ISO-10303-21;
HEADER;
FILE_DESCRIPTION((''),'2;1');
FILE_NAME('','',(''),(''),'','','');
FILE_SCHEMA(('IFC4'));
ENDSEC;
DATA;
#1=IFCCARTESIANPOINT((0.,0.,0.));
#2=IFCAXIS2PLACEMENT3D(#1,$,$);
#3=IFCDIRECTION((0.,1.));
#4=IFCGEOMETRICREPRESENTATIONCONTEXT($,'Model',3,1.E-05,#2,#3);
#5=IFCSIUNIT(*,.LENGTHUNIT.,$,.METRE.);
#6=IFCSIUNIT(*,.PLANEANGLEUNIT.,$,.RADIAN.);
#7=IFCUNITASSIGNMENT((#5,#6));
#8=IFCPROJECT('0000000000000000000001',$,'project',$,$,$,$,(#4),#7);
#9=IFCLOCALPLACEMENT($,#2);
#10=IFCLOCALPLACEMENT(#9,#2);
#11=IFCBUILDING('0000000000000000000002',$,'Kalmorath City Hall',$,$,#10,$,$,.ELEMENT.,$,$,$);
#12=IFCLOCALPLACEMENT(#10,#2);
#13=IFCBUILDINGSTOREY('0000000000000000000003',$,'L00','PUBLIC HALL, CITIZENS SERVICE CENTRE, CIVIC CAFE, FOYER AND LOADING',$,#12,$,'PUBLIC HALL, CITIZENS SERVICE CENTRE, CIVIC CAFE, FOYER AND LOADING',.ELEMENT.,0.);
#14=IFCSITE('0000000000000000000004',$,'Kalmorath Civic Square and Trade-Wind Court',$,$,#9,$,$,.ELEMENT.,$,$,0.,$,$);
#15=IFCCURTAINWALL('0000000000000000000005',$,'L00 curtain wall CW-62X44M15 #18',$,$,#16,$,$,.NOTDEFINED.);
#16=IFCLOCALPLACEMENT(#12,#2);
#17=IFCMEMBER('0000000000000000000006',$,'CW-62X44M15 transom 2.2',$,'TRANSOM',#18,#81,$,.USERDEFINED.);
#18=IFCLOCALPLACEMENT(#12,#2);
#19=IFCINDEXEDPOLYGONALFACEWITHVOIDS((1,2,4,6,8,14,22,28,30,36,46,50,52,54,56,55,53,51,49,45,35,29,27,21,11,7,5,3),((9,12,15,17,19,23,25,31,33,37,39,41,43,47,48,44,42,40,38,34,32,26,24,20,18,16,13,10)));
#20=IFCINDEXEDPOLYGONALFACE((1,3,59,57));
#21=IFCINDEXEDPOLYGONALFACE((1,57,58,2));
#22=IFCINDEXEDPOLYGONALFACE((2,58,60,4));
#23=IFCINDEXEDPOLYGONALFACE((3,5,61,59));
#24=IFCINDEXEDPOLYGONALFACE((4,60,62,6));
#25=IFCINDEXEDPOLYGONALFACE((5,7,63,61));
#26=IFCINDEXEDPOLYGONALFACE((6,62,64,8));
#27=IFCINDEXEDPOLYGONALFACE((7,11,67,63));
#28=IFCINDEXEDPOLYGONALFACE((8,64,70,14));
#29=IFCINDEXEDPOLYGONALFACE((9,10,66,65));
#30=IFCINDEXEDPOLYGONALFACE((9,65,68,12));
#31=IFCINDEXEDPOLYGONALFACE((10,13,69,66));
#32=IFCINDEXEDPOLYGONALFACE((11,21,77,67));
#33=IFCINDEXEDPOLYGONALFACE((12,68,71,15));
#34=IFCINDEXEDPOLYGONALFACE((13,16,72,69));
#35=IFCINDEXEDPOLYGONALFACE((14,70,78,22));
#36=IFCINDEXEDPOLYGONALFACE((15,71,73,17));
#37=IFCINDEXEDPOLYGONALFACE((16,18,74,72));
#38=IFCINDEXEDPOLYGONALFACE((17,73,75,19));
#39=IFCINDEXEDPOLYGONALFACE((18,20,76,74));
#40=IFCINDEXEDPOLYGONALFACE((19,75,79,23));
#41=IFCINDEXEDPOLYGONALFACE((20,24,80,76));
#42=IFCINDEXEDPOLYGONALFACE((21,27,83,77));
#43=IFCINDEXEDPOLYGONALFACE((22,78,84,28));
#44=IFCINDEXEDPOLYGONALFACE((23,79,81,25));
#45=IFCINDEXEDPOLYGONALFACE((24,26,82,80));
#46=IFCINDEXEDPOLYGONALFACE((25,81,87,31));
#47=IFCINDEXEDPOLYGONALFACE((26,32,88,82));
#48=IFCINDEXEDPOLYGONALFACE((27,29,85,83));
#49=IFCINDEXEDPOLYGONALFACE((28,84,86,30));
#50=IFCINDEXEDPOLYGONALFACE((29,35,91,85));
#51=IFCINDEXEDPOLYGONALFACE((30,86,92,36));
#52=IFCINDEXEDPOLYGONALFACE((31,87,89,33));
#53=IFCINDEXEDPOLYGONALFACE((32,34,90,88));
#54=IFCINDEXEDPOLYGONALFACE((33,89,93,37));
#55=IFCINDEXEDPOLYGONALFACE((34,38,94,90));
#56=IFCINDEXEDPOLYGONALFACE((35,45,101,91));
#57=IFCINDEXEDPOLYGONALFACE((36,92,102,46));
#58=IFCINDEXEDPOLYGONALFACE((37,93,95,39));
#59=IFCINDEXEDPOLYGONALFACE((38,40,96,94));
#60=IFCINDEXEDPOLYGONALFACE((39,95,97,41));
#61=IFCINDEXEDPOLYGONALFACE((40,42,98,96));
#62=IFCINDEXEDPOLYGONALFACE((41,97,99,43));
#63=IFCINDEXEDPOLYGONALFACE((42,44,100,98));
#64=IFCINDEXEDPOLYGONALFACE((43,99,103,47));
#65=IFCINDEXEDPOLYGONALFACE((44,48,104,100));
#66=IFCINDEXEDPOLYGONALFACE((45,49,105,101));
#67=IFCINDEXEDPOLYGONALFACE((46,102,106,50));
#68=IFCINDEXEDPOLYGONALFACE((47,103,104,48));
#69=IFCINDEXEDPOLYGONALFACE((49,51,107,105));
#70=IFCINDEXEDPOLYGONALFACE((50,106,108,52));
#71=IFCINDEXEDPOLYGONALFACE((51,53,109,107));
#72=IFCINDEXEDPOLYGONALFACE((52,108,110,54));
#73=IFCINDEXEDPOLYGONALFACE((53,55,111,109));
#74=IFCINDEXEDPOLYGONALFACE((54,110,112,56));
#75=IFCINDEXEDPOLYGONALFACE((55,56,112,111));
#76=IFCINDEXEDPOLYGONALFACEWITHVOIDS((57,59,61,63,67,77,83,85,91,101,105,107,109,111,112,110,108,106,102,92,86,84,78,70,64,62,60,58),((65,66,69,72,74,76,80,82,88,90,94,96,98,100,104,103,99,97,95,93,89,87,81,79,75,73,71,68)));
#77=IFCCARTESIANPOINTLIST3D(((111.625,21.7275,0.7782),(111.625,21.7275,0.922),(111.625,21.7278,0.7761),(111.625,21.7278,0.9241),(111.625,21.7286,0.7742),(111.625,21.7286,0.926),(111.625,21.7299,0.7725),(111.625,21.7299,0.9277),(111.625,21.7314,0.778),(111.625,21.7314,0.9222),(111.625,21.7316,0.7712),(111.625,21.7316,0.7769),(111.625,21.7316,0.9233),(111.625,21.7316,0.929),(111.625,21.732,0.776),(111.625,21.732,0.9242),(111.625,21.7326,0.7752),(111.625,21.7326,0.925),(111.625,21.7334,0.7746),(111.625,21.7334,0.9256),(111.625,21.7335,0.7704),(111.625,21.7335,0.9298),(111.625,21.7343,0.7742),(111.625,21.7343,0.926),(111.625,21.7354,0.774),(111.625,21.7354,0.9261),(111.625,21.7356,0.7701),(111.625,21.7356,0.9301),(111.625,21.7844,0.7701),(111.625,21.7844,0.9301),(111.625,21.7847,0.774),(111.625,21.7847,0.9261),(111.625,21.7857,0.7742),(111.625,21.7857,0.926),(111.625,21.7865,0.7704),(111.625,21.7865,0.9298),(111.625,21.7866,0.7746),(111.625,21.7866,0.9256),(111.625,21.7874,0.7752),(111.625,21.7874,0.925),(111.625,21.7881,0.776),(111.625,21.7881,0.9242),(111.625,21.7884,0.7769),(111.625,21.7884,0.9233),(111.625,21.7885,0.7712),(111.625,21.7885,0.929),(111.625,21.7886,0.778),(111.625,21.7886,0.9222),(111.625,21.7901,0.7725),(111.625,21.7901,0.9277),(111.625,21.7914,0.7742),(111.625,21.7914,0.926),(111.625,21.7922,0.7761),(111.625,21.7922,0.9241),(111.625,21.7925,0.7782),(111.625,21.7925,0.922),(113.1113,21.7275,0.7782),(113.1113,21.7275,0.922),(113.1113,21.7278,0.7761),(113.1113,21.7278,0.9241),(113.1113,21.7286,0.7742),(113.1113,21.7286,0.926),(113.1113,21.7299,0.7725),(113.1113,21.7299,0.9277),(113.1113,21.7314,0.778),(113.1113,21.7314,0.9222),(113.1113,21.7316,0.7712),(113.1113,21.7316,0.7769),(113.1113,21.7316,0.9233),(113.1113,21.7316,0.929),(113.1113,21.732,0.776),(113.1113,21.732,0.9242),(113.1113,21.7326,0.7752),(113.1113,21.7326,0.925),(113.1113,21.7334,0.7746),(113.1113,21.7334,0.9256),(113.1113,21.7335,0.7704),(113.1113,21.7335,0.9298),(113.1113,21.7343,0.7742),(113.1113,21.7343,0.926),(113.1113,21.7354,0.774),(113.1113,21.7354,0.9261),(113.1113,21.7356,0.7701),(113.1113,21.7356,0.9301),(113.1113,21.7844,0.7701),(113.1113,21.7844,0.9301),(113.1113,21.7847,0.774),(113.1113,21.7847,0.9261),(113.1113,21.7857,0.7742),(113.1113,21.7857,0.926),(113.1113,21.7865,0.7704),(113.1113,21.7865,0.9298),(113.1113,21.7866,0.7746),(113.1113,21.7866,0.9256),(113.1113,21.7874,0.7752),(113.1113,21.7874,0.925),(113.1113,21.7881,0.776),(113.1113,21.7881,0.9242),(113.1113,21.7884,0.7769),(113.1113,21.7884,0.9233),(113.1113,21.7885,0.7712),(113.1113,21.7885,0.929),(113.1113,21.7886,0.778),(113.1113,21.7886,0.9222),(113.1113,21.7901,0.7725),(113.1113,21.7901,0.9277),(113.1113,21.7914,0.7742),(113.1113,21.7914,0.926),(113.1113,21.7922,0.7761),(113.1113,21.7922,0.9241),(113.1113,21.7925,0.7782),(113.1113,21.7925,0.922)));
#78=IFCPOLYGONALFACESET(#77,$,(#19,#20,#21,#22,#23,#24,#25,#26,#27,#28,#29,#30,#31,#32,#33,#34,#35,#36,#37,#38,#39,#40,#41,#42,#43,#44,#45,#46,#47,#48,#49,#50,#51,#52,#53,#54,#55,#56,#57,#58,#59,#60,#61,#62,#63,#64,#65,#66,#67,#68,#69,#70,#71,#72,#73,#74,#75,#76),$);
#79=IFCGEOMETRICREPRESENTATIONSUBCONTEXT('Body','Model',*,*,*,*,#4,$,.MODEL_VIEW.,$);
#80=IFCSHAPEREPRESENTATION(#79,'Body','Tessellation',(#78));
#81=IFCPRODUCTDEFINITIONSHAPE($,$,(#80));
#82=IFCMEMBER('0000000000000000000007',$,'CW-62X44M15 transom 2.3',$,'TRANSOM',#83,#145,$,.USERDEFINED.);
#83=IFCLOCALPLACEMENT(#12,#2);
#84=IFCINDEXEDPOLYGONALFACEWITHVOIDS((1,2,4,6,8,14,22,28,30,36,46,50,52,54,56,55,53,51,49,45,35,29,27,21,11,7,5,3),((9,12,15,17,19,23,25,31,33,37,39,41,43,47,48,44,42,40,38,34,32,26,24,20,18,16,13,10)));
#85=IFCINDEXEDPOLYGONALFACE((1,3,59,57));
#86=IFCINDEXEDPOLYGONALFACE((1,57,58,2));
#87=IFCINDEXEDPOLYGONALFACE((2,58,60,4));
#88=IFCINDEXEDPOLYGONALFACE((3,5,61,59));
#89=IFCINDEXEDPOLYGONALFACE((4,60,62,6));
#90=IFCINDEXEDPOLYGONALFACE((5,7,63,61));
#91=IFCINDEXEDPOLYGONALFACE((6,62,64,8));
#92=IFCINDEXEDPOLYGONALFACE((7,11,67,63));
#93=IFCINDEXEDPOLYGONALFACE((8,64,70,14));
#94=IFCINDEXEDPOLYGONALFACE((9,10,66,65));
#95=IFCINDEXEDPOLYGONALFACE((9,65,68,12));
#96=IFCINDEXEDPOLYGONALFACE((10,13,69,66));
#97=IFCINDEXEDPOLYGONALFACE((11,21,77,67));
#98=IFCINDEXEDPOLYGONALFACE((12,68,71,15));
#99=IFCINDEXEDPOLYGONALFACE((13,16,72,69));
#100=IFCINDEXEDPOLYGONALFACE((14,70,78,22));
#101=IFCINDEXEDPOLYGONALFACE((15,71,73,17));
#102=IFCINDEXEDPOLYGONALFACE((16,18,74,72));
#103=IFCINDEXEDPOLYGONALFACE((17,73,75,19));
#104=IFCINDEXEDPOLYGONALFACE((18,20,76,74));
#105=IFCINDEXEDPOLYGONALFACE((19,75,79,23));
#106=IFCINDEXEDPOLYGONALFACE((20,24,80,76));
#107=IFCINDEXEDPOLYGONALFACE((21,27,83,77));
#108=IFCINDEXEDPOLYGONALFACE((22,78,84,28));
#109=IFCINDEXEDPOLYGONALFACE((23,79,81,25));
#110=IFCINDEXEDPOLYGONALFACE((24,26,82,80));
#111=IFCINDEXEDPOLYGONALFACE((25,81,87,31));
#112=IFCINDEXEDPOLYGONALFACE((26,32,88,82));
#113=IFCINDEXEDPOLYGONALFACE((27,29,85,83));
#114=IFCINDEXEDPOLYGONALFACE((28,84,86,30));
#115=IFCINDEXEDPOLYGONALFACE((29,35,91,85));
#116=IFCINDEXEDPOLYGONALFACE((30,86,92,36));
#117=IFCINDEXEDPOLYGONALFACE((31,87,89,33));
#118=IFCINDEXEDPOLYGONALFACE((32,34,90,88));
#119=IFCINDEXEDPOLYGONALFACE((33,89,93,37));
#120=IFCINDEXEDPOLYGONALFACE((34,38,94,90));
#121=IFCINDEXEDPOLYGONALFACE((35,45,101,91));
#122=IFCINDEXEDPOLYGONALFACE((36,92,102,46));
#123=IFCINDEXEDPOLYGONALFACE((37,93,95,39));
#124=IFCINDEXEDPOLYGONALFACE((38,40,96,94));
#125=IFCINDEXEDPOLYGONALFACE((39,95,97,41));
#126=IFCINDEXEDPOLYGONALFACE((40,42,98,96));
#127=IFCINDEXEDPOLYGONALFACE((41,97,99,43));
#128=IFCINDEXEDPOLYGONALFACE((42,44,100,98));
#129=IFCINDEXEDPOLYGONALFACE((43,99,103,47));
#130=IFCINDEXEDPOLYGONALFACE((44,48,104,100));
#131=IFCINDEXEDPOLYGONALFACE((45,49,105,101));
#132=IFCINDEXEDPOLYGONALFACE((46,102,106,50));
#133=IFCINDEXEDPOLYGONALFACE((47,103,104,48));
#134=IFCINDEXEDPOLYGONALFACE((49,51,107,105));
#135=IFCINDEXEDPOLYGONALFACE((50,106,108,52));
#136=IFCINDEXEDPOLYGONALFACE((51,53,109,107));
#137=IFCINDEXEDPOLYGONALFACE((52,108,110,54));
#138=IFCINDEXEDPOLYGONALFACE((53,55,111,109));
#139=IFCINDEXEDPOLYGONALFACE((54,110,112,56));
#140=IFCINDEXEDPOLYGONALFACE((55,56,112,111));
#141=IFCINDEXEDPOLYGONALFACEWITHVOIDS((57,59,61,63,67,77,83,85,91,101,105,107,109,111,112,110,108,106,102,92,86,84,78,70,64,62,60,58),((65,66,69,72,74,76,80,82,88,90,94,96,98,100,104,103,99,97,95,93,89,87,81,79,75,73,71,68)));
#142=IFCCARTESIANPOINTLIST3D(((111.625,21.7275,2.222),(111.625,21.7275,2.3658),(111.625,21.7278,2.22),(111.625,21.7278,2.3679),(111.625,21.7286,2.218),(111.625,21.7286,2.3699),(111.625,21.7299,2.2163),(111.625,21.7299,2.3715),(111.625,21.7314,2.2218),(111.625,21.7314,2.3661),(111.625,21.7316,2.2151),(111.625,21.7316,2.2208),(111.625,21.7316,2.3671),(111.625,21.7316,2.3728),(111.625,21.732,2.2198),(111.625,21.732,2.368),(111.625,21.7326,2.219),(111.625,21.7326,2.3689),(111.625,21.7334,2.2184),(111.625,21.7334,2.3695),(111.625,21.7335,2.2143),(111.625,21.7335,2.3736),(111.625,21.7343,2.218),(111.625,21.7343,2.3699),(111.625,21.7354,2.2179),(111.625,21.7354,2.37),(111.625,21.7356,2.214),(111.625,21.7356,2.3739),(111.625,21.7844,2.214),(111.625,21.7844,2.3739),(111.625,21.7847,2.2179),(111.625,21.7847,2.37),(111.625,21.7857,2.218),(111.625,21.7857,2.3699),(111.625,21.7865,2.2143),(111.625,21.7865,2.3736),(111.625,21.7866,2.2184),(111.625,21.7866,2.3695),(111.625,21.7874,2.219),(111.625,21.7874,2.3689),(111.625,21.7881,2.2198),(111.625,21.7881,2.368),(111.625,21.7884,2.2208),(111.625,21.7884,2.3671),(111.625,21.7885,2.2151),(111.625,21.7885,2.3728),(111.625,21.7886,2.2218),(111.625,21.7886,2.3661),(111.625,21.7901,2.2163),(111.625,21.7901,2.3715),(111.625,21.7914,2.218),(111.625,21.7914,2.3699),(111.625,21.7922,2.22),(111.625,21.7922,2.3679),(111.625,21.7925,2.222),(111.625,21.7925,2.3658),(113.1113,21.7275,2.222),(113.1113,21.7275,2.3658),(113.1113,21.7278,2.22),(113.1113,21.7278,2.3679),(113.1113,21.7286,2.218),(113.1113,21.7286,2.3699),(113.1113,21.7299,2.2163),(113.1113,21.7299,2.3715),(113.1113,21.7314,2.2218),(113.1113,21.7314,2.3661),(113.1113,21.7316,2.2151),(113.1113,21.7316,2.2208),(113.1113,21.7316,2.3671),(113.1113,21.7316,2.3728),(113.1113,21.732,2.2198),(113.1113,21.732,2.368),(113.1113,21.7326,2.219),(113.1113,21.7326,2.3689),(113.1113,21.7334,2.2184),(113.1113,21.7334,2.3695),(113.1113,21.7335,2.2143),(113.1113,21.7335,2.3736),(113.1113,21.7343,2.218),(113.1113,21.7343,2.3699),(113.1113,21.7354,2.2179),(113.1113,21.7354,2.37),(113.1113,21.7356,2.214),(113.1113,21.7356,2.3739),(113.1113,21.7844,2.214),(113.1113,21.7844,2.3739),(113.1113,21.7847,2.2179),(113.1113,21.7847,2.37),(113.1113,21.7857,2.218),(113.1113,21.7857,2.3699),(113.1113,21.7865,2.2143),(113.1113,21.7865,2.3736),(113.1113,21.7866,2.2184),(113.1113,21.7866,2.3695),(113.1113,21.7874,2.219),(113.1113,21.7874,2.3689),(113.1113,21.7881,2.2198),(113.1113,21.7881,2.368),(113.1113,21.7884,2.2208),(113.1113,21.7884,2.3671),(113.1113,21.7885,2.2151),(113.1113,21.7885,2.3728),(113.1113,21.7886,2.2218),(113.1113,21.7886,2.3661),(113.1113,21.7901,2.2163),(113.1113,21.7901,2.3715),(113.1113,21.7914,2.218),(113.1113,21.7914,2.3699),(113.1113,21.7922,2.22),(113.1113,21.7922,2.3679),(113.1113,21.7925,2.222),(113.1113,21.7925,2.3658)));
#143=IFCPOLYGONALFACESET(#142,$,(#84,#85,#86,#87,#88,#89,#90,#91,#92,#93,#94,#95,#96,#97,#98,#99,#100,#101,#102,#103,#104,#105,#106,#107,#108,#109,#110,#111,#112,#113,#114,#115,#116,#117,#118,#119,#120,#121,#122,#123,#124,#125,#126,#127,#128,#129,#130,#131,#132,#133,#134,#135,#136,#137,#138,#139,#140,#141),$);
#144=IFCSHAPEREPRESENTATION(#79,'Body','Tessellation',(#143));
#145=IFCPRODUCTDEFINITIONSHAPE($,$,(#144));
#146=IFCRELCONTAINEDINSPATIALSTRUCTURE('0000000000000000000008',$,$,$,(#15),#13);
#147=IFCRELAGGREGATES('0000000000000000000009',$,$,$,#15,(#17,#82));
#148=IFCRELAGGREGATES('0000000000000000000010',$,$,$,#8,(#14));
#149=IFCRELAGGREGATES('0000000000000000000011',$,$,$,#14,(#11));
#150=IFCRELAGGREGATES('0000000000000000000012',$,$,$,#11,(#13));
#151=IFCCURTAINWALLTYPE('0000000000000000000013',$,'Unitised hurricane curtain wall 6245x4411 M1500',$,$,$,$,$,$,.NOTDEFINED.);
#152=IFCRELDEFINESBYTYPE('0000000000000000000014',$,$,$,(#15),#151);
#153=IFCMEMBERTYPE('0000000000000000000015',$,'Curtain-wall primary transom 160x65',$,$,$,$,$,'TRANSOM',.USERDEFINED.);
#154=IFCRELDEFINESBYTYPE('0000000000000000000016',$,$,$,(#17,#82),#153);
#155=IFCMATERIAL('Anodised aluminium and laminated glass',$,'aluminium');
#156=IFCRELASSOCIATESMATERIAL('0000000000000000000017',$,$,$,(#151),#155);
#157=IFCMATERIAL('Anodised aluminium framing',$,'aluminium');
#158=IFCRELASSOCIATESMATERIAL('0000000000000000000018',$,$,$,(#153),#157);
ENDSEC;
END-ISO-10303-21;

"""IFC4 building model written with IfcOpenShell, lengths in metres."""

from ifc_helpers import new_model, si_unit, direction, frame, origin, origin_2d, place, context, subcontext, project, spatial, hollow_rectangle, extrude, material, material_profile, profile_set, type_object, element, aggregate, save


model = new_model("IFC4")

# Units and contexts
model_context = context("Model", 3, precision=1e-05, world=origin(), true_north=direction((0.0, 1.0)))
body_context = subcontext(model_context, "Body", "Model", "MODEL_VIEW")
ifc_project = project(units=[si_unit("LENGTHUNIT", "METRE"), si_unit("PLANEANGLEUNIT", "RADIAN")], contexts=[model_context])

# Site, building, storey
site_placement = place(None, origin())
site = spatial("IfcSite", under=ifc_project, at=site_placement, Name="Kalmorath Civic Square and Trade-Wind Court", CompositionType="ELEMENT", RefElevation=0.0)
building_placement = place(site_placement, origin())
building = spatial("IfcBuilding", under=site, at=building_placement, Name="Kalmorath City Hall", CompositionType="ELEMENT")
storey_placement = place(building_placement, origin())
storey = spatial("IfcBuildingStorey", under=building, at=storey_placement, Name="L00", Description="PUBLIC HALL, CITIZENS SERVICE CENTRE, CIVIC CAFE, FOYER AND LOADING", LongName="PUBLIC HALL, CITIZENS SERVICE CENTRE, CIVIC CAFE, FOYER AND LOADING", CompositionType="ELEMENT", Elevation=0.0)

# Curtain wall
ifc_material_1 = material(Name="Anodised aluminium and laminated glass", Category="aluminium")
curtain_wall_type_1 = type_object("IfcCurtainWallType", Name="Unitised hurricane curtain wall 6245x4411 M1500", PredefinedType="NOTDEFINED", material=ifc_material_1)
curtain_wall_1_placement = place(storey_placement, origin())
curtain_wall_1 = element("IfcCurtainWall", 1, at=curtain_wall_1_placement, inside=storey, type_object=curtain_wall_type_1, Name="L00 curtain wall CW-62X44M15 #18", PredefinedType="NOTDEFINED")

# Members
ifc_material_2 = material(Name="Anodised aluminium framing", Category="aluminium")
ifc_material_profile_1 = material_profile(ifc_material_2, hollow_rectangle(XDim=0.0649, YDim=0.1599, WallThickness=0.0039, InnerFilletRadius=0.0039, OuterFilletRadius=0.0081, at=origin_2d()), Name="ALU-TRN-160X65X4")
ifc_profile_set_1 = profile_set([ifc_material_profile_1], Name="Anodised aluminium framing")
member_type_1 = type_object("IfcMemberType", Name="Curtain-wall primary transom 160x65", ElementType="TRANSOM", PredefinedType="USERDEFINED", material=ifc_profile_set_1)
member_1_placement = place(storey_placement, frame((113.1113, 21.76, 0.8501), z_axis=(-1.0, 0.0, 0.0), x_axis=(0.0, -1.0, 0.0)))
member_1 = element("IfcMember", 2, at=member_1_placement, type_object=member_type_1, Name="CW-62X44M15 transom 2.2", ObjectType="TRANSOM", PredefinedType="USERDEFINED", context=body_context, shape_type="SweptSolid", body=[
    extrude(hollow_rectangle(XDim=0.0649, YDim=0.1599, WallThickness=0.0039, InnerFilletRadius=0.0039, OuterFilletRadius=0.0081, at=origin_2d()), origin(), (0.0, 0.0, 1.0), 1.4863),
])
member_2_placement = place(storey_placement, frame((113.1113, 21.76, 2.2939), z_axis=(-1.0, 0.0, 0.0), x_axis=(0.0, -1.0, 0.0)))
member_2 = element("IfcMember", 3, at=member_2_placement, type_object=member_type_1, Name="CW-62X44M15 transom 2.3", ObjectType="TRANSOM", PredefinedType="USERDEFINED", context=body_context, shape_type="SweptSolid", body=[
    extrude(hollow_rectangle(XDim=0.0649, YDim=0.1599, WallThickness=0.0039, InnerFilletRadius=0.0039, OuterFilletRadius=0.0081, at=origin_2d()), origin(), (0.0, 0.0, 1.0), 1.4863),
])

aggregate(curtain_wall_1, [member_1, member_2])

save(model, "model.ifc")
